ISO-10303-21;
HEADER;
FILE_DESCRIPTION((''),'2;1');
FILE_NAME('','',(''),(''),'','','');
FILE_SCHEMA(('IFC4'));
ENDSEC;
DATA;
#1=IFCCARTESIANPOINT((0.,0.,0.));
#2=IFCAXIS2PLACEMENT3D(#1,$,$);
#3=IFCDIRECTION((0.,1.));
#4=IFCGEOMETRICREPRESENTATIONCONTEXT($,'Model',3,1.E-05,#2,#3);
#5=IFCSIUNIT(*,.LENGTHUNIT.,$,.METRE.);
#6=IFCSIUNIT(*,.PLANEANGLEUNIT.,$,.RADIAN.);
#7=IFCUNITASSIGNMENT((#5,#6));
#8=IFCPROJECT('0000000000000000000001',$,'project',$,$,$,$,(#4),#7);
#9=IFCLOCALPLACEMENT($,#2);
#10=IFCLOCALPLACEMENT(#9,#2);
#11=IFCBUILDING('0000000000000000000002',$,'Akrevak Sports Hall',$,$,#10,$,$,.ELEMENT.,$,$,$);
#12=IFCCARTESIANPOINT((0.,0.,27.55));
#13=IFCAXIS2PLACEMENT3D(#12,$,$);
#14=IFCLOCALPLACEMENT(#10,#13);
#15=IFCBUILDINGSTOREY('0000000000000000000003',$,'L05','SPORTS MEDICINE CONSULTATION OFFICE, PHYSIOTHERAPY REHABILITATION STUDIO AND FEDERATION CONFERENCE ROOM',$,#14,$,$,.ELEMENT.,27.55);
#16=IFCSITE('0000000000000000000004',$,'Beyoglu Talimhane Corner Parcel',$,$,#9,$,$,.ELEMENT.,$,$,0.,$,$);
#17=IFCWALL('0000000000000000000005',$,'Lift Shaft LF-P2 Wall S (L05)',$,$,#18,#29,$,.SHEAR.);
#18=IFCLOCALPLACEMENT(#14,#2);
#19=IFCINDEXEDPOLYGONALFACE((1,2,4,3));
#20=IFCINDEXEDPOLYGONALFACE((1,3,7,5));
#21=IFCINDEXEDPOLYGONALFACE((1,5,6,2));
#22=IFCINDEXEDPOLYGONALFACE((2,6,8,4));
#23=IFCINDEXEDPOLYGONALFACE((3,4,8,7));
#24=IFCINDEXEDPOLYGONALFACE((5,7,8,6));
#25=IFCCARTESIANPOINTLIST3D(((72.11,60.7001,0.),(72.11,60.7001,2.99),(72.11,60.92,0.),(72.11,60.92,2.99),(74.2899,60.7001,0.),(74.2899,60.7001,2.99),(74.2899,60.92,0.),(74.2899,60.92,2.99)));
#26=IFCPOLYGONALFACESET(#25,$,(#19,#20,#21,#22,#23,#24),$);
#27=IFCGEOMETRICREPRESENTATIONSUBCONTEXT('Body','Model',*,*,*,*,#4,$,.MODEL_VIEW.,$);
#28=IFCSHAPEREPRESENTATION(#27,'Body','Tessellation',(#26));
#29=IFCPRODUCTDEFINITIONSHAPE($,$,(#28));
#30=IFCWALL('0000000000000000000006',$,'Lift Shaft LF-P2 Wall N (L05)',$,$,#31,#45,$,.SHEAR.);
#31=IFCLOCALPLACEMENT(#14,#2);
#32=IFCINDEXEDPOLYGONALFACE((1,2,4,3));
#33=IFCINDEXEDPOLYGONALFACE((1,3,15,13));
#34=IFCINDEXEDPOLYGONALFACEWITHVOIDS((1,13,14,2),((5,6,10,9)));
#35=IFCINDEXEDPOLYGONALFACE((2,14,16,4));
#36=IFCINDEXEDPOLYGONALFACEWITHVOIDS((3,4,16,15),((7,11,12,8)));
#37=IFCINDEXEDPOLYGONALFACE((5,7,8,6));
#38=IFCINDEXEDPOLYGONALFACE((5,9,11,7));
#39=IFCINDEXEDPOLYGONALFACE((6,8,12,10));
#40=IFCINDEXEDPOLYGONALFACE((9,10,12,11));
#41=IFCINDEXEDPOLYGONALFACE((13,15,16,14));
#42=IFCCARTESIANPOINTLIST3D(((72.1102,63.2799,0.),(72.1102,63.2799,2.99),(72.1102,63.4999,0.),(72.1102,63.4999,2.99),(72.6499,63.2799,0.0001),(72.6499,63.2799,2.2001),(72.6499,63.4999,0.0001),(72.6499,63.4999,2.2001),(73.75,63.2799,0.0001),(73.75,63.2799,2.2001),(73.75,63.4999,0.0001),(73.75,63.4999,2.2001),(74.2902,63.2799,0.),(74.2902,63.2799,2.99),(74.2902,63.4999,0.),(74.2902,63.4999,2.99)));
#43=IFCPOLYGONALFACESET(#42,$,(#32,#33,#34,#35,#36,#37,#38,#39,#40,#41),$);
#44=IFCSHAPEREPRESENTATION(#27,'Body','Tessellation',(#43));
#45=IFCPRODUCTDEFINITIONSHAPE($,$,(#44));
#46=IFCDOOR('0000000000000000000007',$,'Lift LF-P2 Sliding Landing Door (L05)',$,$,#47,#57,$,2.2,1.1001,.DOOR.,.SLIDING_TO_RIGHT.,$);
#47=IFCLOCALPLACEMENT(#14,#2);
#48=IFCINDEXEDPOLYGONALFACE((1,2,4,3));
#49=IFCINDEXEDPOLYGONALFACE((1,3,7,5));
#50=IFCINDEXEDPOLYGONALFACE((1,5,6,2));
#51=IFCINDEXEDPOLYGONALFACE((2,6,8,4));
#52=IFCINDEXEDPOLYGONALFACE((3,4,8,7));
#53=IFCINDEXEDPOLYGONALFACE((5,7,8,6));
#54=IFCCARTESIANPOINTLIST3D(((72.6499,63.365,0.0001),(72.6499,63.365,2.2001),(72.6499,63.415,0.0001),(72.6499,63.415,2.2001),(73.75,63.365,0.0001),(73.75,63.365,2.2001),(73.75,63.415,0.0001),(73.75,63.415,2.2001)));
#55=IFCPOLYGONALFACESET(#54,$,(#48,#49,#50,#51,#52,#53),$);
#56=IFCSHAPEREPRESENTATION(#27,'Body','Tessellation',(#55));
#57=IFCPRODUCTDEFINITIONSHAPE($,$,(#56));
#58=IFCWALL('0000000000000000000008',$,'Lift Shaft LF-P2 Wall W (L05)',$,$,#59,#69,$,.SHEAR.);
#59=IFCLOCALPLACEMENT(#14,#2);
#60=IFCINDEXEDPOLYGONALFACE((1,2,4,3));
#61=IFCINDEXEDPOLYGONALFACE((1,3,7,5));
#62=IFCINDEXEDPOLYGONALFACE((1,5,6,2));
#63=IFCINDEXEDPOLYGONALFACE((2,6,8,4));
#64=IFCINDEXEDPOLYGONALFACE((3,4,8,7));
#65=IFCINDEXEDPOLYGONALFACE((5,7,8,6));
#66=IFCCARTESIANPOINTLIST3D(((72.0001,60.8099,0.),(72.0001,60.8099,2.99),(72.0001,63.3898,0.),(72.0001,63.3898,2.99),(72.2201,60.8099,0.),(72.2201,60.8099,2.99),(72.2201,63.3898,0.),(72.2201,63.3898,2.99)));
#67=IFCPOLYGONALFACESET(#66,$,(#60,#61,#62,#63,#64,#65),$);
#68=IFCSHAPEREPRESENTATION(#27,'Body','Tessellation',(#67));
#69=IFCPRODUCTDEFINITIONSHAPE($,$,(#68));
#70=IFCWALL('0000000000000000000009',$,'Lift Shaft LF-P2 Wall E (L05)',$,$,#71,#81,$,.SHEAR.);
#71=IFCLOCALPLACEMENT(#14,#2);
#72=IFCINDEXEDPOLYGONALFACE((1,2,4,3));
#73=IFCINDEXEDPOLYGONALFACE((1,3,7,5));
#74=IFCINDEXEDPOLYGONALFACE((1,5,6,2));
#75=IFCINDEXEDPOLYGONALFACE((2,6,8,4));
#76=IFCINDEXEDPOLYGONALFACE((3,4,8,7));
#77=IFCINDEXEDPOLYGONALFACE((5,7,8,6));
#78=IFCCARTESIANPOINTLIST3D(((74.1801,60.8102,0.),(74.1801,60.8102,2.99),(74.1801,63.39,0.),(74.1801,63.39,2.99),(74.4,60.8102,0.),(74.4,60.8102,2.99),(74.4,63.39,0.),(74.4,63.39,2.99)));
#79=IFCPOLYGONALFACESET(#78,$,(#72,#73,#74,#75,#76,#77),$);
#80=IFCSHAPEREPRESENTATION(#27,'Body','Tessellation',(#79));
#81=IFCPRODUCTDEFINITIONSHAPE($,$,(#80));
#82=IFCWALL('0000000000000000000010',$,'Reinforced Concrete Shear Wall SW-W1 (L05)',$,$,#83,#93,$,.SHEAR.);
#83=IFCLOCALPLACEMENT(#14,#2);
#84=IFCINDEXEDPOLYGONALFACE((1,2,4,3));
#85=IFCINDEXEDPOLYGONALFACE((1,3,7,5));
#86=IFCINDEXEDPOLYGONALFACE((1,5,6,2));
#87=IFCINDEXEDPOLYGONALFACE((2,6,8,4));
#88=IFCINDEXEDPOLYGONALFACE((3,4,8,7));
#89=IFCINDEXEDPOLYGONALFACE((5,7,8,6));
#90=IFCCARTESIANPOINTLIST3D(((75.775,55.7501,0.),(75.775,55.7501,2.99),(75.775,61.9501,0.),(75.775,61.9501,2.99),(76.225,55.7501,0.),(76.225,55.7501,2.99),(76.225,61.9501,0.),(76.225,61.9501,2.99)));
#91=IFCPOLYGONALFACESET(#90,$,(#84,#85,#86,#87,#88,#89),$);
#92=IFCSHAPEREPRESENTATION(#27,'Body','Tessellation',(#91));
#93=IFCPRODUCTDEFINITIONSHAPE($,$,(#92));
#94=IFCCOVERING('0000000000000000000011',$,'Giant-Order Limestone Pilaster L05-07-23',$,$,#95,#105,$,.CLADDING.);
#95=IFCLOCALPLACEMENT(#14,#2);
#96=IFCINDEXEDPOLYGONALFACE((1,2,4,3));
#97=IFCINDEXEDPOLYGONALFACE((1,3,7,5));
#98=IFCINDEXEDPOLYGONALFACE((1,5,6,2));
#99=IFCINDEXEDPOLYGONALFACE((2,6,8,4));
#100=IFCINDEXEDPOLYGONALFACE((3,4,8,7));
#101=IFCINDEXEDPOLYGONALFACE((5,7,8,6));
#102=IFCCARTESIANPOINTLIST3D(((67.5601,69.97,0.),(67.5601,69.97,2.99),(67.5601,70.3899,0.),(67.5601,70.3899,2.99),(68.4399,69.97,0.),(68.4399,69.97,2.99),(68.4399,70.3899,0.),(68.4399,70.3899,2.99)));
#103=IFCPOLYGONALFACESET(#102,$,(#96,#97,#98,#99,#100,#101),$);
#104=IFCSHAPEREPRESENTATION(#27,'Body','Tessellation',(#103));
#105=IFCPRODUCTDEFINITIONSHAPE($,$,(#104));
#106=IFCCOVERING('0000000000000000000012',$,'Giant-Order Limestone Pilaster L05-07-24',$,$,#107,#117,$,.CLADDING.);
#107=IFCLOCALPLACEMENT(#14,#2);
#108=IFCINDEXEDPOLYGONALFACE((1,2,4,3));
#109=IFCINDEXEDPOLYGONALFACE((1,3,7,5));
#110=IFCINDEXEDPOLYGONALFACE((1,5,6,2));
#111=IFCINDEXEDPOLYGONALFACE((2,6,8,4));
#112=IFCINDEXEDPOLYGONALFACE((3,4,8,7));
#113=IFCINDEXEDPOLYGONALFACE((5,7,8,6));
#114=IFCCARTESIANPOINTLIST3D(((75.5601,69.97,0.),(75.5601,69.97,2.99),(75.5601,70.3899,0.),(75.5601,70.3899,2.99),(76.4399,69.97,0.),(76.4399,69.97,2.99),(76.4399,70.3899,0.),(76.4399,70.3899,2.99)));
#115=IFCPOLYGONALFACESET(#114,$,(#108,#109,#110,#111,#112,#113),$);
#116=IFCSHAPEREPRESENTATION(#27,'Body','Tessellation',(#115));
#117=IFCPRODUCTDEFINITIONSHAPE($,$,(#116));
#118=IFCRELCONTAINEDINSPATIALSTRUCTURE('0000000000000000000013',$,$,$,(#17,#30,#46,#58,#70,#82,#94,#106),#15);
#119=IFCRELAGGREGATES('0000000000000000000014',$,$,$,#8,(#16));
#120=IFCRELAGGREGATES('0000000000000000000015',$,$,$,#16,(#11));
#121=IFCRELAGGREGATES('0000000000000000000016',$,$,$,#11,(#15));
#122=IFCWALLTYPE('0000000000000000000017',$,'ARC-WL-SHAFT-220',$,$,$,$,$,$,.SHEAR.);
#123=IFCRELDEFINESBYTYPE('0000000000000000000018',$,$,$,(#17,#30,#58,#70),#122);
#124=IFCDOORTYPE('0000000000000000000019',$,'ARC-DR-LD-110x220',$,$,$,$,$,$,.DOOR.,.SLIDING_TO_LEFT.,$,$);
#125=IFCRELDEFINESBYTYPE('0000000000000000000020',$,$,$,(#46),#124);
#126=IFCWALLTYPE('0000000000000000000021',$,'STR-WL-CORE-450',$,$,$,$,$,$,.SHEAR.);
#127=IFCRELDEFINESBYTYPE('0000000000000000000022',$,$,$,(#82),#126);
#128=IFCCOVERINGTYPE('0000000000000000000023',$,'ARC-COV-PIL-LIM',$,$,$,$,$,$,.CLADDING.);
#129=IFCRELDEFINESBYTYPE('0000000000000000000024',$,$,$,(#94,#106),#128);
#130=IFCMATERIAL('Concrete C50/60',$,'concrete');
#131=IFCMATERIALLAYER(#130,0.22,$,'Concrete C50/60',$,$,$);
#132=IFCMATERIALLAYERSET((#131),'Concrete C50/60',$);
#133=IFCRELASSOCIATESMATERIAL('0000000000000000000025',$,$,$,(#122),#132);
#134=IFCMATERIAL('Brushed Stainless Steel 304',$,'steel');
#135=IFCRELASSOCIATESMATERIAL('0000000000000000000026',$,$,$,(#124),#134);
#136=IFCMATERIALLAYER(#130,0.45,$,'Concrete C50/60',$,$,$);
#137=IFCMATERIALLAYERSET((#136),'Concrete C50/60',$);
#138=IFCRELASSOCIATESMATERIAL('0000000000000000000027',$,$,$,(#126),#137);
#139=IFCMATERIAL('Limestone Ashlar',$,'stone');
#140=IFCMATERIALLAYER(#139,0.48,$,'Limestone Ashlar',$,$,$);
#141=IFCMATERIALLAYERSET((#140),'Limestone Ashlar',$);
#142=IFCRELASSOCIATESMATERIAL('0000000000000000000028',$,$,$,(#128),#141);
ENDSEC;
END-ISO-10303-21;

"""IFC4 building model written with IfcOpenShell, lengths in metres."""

from ifc_helpers import new_model, si_unit, direction, frame, frame_2d, origin, origin_2d, place, context, subcontext, project, spatial, rectangle, extrude, material, layer, layer_set, type_object, element, fill, save


model = new_model("IFC4")

# Units and contexts
model_context = context("Model", 3, precision=1e-05, world=origin(), true_north=direction((0.0, 1.0)))
body_context = subcontext(model_context, "Body", "Model", "MODEL_VIEW")
ifc_project = project(units=[si_unit("LENGTHUNIT", "METRE"), si_unit("PLANEANGLEUNIT", "RADIAN")], contexts=[model_context])

# Site, building, storey
site_placement = place(None, origin())
site = spatial("IfcSite", under=ifc_project, at=site_placement, Name="Beyoglu Talimhane Corner Parcel", CompositionType="ELEMENT", RefElevation=0.0)
building_placement = place(site_placement, origin())
building = spatial("IfcBuilding", under=site, at=building_placement, Name="Akrevak Sports Hall", CompositionType="ELEMENT")
storey_placement = place(building_placement, frame((0.0, 0.0, 27.55)))
storey = spatial("IfcBuildingStorey", under=building, at=storey_placement, Name="L05", Description="SPORTS MEDICINE CONSULTATION OFFICE, PHYSIOTHERAPY REHABILITATION STUDIO AND FEDERATION CONFERENCE ROOM", CompositionType="ELEMENT", Elevation=27.55)

# Shared definitions
ifc_material_1 = material(Name="Concrete C50/60", Category="concrete")

# Shared definitions
ifc_layer_1 = layer(ifc_material_1, 0.22, Name="Concrete C50/60")
ifc_layer_set_1 = layer_set([ifc_layer_1], Name="Concrete C50/60")
wall_type_1 = type_object("IfcWallType", Name="ARC-WL-SHAFT-220", PredefinedType="SHEAR", material=ifc_layer_set_1)

# Shared definitions
ifc_material_2 = material(Name="Brushed Stainless Steel 304", Category="steel")
door_type_1 = type_object("IfcDoorType", Name="ARC-DR-LD-110x220", OperationType="SLIDING_TO_LEFT", PredefinedType="DOOR", material=ifc_material_2)

# Wall
wall_1_placement = place(storey_placement, frame((72.1101, 60.8101, 0.0), z_axis=(0.0, 0.0, 1.0), x_axis=(1.0, 0.0, 0.0)))
element("IfcWall", 1, at=wall_1_placement, inside=storey, type_object=wall_type_1, Name="Lift Shaft LF-P2 Wall S (L05)", PredefinedType="SHEAR", context=body_context, shape_type="SweptSolid", body=[
    extrude(rectangle(XDim=2.1799, YDim=0.22, at=frame_2d((1.0898, 0.0))), origin(), (0.0, 0.0, 1.0), 2.99),
])

# Wall, opening, door
wall_2_placement = place(storey_placement, frame((74.29, 63.3899, 0.0), z_axis=(0.0, 0.0, 1.0), x_axis=(-1.0, 0.0, 0.0)))
wall_2 = element("IfcWall", 2, at=wall_2_placement, inside=storey, type_object=wall_type_1, Name="Lift Shaft LF-P2 Wall N (L05)", PredefinedType="SHEAR", context=body_context, shape_type="SweptSolid", body=[
    extrude(rectangle(XDim=2.1799, YDim=0.22, at=frame_2d((1.0898, 0.0))), origin(), (0.0, 0.0, 1.0), 2.99),
])
opening_1_placement = place(wall_2_placement, frame((0.54, 0.0, 0.0)))
opening_1 = element("IfcOpeningElement", 3, at=opening_1_placement, cuts=wall_2, PredefinedType="OPENING", context=body_context, shape_type="SweptSolid", body=[
    extrude(rectangle(XDim=1.1001, YDim=2.2, at=frame_2d((0.55, 1.1001))), frame((0.0, 0.1221, 0.0), z_axis=(0.0, -1.0, 0.0), x_axis=(1.0, 0.0, 0.0)), (0.0, 0.0, 1.0), 0.2439),
])
door_1_placement = place(opening_1_placement, origin())
door_1 = element("IfcDoor", 4, at=door_1_placement, inside=storey, type_object=door_type_1, Name="Lift LF-P2 Sliding Landing Door (L05)", OperationType="SLIDING_TO_RIGHT", OverallHeight=2.2, OverallWidth=1.1001, PredefinedType="DOOR", context=body_context, shape_type="SweptSolid", body=[
    extrude(rectangle(XDim=1.1001, YDim=2.2, at=frame_2d((0.55, 1.1001))), frame((0.0, 0.0249, 0.0), z_axis=(0.0, -1.0, 0.0), x_axis=(1.0, 0.0, 0.0)), (0.0, 0.0, 1.0), 0.05),
])
fill(opening_1, door_1)

# Walls
for number, where, z_axis, x_axis, name in (
    (5, (72.1101, 63.3899, 0.0), (0.0, 0.0, 1.0), (0.0, -1.0, 0.0), "Lift Shaft LF-P2 Wall W (L05)"),
    (6, (74.29, 60.8101, 0.0), (0.0, 0.0, 1.0), (0.0, 1.0, 0.0), "Lift Shaft LF-P2 Wall E (L05)"),
):
    element("IfcWall", number, at=place(storey_placement, frame(where, z_axis=z_axis, x_axis=x_axis)), inside=storey, type_object=wall_type_1, Name=name, PredefinedType="SHEAR", context=body_context, shape_type="SweptSolid", body=[
        extrude(rectangle(XDim=2.5798, YDim=0.22, at=frame_2d((1.29, 0.0))), origin(), (0.0, 0.0, 1.0), 2.99),
    ])
ifc_layer_2 = layer(ifc_material_1, 0.45, Name="Concrete C50/60")
ifc_layer_set_2 = layer_set([ifc_layer_2], Name="Concrete C50/60")
wall_type_2 = type_object("IfcWallType", Name="STR-WL-CORE-450", PredefinedType="SHEAR", material=ifc_layer_set_2)
wall_3_placement = place(storey_placement, frame((76.0, 55.75, 0.0), z_axis=(0.0, 0.0, 1.0), x_axis=(0.0, 1.0, 0.0)))
element("IfcWall", 7, at=wall_3_placement, inside=storey, type_object=wall_type_2, Name="Reinforced Concrete Shear Wall SW-W1 (L05)", PredefinedType="SHEAR", context=body_context, shape_type="SweptSolid", body=[
    extrude(rectangle(XDim=6.2, YDim=0.45, at=frame_2d((3.1001, 0.0))), origin(), (0.0, 0.0, 1.0), 2.99),
])

# Coverings
ifc_material_3 = material(Name="Limestone Ashlar", Category="stone")
ifc_layer_3 = layer(ifc_material_3, 0.48, Name="Limestone Ashlar")
ifc_layer_set_3 = layer_set([ifc_layer_3], Name="Limestone Ashlar")
covering_type = type_object("IfcCoveringType", Name="ARC-COV-PIL-LIM", PredefinedType="CLADDING", material=ifc_layer_set_3)
for number, where, z_axis, x_axis, name in (
    (8, (68.0, 70.1799, 0.0), (0.0, 0.0, 1.0), (-1.0, 0.0, 0.0), "Giant-Order Limestone Pilaster L05-07-23"),
    (9, (76.0, 70.1799, 0.0), (0.0, 0.0, 1.0), (-1.0, 0.0, 0.0), "Giant-Order Limestone Pilaster L05-07-24"),
):
    element("IfcCovering", number, at=place(storey_placement, frame(where, z_axis=z_axis, x_axis=x_axis)), inside=storey, type_object=covering_type, Name=name, PredefinedType="CLADDING", context=body_context, shape_type="SweptSolid", body=[
        extrude(rectangle(XDim=0.8799, YDim=0.4199, at=origin_2d()), origin(), (0.0, 0.0, 1.0), 2.99),
    ])

save(model, "model.ifc")
